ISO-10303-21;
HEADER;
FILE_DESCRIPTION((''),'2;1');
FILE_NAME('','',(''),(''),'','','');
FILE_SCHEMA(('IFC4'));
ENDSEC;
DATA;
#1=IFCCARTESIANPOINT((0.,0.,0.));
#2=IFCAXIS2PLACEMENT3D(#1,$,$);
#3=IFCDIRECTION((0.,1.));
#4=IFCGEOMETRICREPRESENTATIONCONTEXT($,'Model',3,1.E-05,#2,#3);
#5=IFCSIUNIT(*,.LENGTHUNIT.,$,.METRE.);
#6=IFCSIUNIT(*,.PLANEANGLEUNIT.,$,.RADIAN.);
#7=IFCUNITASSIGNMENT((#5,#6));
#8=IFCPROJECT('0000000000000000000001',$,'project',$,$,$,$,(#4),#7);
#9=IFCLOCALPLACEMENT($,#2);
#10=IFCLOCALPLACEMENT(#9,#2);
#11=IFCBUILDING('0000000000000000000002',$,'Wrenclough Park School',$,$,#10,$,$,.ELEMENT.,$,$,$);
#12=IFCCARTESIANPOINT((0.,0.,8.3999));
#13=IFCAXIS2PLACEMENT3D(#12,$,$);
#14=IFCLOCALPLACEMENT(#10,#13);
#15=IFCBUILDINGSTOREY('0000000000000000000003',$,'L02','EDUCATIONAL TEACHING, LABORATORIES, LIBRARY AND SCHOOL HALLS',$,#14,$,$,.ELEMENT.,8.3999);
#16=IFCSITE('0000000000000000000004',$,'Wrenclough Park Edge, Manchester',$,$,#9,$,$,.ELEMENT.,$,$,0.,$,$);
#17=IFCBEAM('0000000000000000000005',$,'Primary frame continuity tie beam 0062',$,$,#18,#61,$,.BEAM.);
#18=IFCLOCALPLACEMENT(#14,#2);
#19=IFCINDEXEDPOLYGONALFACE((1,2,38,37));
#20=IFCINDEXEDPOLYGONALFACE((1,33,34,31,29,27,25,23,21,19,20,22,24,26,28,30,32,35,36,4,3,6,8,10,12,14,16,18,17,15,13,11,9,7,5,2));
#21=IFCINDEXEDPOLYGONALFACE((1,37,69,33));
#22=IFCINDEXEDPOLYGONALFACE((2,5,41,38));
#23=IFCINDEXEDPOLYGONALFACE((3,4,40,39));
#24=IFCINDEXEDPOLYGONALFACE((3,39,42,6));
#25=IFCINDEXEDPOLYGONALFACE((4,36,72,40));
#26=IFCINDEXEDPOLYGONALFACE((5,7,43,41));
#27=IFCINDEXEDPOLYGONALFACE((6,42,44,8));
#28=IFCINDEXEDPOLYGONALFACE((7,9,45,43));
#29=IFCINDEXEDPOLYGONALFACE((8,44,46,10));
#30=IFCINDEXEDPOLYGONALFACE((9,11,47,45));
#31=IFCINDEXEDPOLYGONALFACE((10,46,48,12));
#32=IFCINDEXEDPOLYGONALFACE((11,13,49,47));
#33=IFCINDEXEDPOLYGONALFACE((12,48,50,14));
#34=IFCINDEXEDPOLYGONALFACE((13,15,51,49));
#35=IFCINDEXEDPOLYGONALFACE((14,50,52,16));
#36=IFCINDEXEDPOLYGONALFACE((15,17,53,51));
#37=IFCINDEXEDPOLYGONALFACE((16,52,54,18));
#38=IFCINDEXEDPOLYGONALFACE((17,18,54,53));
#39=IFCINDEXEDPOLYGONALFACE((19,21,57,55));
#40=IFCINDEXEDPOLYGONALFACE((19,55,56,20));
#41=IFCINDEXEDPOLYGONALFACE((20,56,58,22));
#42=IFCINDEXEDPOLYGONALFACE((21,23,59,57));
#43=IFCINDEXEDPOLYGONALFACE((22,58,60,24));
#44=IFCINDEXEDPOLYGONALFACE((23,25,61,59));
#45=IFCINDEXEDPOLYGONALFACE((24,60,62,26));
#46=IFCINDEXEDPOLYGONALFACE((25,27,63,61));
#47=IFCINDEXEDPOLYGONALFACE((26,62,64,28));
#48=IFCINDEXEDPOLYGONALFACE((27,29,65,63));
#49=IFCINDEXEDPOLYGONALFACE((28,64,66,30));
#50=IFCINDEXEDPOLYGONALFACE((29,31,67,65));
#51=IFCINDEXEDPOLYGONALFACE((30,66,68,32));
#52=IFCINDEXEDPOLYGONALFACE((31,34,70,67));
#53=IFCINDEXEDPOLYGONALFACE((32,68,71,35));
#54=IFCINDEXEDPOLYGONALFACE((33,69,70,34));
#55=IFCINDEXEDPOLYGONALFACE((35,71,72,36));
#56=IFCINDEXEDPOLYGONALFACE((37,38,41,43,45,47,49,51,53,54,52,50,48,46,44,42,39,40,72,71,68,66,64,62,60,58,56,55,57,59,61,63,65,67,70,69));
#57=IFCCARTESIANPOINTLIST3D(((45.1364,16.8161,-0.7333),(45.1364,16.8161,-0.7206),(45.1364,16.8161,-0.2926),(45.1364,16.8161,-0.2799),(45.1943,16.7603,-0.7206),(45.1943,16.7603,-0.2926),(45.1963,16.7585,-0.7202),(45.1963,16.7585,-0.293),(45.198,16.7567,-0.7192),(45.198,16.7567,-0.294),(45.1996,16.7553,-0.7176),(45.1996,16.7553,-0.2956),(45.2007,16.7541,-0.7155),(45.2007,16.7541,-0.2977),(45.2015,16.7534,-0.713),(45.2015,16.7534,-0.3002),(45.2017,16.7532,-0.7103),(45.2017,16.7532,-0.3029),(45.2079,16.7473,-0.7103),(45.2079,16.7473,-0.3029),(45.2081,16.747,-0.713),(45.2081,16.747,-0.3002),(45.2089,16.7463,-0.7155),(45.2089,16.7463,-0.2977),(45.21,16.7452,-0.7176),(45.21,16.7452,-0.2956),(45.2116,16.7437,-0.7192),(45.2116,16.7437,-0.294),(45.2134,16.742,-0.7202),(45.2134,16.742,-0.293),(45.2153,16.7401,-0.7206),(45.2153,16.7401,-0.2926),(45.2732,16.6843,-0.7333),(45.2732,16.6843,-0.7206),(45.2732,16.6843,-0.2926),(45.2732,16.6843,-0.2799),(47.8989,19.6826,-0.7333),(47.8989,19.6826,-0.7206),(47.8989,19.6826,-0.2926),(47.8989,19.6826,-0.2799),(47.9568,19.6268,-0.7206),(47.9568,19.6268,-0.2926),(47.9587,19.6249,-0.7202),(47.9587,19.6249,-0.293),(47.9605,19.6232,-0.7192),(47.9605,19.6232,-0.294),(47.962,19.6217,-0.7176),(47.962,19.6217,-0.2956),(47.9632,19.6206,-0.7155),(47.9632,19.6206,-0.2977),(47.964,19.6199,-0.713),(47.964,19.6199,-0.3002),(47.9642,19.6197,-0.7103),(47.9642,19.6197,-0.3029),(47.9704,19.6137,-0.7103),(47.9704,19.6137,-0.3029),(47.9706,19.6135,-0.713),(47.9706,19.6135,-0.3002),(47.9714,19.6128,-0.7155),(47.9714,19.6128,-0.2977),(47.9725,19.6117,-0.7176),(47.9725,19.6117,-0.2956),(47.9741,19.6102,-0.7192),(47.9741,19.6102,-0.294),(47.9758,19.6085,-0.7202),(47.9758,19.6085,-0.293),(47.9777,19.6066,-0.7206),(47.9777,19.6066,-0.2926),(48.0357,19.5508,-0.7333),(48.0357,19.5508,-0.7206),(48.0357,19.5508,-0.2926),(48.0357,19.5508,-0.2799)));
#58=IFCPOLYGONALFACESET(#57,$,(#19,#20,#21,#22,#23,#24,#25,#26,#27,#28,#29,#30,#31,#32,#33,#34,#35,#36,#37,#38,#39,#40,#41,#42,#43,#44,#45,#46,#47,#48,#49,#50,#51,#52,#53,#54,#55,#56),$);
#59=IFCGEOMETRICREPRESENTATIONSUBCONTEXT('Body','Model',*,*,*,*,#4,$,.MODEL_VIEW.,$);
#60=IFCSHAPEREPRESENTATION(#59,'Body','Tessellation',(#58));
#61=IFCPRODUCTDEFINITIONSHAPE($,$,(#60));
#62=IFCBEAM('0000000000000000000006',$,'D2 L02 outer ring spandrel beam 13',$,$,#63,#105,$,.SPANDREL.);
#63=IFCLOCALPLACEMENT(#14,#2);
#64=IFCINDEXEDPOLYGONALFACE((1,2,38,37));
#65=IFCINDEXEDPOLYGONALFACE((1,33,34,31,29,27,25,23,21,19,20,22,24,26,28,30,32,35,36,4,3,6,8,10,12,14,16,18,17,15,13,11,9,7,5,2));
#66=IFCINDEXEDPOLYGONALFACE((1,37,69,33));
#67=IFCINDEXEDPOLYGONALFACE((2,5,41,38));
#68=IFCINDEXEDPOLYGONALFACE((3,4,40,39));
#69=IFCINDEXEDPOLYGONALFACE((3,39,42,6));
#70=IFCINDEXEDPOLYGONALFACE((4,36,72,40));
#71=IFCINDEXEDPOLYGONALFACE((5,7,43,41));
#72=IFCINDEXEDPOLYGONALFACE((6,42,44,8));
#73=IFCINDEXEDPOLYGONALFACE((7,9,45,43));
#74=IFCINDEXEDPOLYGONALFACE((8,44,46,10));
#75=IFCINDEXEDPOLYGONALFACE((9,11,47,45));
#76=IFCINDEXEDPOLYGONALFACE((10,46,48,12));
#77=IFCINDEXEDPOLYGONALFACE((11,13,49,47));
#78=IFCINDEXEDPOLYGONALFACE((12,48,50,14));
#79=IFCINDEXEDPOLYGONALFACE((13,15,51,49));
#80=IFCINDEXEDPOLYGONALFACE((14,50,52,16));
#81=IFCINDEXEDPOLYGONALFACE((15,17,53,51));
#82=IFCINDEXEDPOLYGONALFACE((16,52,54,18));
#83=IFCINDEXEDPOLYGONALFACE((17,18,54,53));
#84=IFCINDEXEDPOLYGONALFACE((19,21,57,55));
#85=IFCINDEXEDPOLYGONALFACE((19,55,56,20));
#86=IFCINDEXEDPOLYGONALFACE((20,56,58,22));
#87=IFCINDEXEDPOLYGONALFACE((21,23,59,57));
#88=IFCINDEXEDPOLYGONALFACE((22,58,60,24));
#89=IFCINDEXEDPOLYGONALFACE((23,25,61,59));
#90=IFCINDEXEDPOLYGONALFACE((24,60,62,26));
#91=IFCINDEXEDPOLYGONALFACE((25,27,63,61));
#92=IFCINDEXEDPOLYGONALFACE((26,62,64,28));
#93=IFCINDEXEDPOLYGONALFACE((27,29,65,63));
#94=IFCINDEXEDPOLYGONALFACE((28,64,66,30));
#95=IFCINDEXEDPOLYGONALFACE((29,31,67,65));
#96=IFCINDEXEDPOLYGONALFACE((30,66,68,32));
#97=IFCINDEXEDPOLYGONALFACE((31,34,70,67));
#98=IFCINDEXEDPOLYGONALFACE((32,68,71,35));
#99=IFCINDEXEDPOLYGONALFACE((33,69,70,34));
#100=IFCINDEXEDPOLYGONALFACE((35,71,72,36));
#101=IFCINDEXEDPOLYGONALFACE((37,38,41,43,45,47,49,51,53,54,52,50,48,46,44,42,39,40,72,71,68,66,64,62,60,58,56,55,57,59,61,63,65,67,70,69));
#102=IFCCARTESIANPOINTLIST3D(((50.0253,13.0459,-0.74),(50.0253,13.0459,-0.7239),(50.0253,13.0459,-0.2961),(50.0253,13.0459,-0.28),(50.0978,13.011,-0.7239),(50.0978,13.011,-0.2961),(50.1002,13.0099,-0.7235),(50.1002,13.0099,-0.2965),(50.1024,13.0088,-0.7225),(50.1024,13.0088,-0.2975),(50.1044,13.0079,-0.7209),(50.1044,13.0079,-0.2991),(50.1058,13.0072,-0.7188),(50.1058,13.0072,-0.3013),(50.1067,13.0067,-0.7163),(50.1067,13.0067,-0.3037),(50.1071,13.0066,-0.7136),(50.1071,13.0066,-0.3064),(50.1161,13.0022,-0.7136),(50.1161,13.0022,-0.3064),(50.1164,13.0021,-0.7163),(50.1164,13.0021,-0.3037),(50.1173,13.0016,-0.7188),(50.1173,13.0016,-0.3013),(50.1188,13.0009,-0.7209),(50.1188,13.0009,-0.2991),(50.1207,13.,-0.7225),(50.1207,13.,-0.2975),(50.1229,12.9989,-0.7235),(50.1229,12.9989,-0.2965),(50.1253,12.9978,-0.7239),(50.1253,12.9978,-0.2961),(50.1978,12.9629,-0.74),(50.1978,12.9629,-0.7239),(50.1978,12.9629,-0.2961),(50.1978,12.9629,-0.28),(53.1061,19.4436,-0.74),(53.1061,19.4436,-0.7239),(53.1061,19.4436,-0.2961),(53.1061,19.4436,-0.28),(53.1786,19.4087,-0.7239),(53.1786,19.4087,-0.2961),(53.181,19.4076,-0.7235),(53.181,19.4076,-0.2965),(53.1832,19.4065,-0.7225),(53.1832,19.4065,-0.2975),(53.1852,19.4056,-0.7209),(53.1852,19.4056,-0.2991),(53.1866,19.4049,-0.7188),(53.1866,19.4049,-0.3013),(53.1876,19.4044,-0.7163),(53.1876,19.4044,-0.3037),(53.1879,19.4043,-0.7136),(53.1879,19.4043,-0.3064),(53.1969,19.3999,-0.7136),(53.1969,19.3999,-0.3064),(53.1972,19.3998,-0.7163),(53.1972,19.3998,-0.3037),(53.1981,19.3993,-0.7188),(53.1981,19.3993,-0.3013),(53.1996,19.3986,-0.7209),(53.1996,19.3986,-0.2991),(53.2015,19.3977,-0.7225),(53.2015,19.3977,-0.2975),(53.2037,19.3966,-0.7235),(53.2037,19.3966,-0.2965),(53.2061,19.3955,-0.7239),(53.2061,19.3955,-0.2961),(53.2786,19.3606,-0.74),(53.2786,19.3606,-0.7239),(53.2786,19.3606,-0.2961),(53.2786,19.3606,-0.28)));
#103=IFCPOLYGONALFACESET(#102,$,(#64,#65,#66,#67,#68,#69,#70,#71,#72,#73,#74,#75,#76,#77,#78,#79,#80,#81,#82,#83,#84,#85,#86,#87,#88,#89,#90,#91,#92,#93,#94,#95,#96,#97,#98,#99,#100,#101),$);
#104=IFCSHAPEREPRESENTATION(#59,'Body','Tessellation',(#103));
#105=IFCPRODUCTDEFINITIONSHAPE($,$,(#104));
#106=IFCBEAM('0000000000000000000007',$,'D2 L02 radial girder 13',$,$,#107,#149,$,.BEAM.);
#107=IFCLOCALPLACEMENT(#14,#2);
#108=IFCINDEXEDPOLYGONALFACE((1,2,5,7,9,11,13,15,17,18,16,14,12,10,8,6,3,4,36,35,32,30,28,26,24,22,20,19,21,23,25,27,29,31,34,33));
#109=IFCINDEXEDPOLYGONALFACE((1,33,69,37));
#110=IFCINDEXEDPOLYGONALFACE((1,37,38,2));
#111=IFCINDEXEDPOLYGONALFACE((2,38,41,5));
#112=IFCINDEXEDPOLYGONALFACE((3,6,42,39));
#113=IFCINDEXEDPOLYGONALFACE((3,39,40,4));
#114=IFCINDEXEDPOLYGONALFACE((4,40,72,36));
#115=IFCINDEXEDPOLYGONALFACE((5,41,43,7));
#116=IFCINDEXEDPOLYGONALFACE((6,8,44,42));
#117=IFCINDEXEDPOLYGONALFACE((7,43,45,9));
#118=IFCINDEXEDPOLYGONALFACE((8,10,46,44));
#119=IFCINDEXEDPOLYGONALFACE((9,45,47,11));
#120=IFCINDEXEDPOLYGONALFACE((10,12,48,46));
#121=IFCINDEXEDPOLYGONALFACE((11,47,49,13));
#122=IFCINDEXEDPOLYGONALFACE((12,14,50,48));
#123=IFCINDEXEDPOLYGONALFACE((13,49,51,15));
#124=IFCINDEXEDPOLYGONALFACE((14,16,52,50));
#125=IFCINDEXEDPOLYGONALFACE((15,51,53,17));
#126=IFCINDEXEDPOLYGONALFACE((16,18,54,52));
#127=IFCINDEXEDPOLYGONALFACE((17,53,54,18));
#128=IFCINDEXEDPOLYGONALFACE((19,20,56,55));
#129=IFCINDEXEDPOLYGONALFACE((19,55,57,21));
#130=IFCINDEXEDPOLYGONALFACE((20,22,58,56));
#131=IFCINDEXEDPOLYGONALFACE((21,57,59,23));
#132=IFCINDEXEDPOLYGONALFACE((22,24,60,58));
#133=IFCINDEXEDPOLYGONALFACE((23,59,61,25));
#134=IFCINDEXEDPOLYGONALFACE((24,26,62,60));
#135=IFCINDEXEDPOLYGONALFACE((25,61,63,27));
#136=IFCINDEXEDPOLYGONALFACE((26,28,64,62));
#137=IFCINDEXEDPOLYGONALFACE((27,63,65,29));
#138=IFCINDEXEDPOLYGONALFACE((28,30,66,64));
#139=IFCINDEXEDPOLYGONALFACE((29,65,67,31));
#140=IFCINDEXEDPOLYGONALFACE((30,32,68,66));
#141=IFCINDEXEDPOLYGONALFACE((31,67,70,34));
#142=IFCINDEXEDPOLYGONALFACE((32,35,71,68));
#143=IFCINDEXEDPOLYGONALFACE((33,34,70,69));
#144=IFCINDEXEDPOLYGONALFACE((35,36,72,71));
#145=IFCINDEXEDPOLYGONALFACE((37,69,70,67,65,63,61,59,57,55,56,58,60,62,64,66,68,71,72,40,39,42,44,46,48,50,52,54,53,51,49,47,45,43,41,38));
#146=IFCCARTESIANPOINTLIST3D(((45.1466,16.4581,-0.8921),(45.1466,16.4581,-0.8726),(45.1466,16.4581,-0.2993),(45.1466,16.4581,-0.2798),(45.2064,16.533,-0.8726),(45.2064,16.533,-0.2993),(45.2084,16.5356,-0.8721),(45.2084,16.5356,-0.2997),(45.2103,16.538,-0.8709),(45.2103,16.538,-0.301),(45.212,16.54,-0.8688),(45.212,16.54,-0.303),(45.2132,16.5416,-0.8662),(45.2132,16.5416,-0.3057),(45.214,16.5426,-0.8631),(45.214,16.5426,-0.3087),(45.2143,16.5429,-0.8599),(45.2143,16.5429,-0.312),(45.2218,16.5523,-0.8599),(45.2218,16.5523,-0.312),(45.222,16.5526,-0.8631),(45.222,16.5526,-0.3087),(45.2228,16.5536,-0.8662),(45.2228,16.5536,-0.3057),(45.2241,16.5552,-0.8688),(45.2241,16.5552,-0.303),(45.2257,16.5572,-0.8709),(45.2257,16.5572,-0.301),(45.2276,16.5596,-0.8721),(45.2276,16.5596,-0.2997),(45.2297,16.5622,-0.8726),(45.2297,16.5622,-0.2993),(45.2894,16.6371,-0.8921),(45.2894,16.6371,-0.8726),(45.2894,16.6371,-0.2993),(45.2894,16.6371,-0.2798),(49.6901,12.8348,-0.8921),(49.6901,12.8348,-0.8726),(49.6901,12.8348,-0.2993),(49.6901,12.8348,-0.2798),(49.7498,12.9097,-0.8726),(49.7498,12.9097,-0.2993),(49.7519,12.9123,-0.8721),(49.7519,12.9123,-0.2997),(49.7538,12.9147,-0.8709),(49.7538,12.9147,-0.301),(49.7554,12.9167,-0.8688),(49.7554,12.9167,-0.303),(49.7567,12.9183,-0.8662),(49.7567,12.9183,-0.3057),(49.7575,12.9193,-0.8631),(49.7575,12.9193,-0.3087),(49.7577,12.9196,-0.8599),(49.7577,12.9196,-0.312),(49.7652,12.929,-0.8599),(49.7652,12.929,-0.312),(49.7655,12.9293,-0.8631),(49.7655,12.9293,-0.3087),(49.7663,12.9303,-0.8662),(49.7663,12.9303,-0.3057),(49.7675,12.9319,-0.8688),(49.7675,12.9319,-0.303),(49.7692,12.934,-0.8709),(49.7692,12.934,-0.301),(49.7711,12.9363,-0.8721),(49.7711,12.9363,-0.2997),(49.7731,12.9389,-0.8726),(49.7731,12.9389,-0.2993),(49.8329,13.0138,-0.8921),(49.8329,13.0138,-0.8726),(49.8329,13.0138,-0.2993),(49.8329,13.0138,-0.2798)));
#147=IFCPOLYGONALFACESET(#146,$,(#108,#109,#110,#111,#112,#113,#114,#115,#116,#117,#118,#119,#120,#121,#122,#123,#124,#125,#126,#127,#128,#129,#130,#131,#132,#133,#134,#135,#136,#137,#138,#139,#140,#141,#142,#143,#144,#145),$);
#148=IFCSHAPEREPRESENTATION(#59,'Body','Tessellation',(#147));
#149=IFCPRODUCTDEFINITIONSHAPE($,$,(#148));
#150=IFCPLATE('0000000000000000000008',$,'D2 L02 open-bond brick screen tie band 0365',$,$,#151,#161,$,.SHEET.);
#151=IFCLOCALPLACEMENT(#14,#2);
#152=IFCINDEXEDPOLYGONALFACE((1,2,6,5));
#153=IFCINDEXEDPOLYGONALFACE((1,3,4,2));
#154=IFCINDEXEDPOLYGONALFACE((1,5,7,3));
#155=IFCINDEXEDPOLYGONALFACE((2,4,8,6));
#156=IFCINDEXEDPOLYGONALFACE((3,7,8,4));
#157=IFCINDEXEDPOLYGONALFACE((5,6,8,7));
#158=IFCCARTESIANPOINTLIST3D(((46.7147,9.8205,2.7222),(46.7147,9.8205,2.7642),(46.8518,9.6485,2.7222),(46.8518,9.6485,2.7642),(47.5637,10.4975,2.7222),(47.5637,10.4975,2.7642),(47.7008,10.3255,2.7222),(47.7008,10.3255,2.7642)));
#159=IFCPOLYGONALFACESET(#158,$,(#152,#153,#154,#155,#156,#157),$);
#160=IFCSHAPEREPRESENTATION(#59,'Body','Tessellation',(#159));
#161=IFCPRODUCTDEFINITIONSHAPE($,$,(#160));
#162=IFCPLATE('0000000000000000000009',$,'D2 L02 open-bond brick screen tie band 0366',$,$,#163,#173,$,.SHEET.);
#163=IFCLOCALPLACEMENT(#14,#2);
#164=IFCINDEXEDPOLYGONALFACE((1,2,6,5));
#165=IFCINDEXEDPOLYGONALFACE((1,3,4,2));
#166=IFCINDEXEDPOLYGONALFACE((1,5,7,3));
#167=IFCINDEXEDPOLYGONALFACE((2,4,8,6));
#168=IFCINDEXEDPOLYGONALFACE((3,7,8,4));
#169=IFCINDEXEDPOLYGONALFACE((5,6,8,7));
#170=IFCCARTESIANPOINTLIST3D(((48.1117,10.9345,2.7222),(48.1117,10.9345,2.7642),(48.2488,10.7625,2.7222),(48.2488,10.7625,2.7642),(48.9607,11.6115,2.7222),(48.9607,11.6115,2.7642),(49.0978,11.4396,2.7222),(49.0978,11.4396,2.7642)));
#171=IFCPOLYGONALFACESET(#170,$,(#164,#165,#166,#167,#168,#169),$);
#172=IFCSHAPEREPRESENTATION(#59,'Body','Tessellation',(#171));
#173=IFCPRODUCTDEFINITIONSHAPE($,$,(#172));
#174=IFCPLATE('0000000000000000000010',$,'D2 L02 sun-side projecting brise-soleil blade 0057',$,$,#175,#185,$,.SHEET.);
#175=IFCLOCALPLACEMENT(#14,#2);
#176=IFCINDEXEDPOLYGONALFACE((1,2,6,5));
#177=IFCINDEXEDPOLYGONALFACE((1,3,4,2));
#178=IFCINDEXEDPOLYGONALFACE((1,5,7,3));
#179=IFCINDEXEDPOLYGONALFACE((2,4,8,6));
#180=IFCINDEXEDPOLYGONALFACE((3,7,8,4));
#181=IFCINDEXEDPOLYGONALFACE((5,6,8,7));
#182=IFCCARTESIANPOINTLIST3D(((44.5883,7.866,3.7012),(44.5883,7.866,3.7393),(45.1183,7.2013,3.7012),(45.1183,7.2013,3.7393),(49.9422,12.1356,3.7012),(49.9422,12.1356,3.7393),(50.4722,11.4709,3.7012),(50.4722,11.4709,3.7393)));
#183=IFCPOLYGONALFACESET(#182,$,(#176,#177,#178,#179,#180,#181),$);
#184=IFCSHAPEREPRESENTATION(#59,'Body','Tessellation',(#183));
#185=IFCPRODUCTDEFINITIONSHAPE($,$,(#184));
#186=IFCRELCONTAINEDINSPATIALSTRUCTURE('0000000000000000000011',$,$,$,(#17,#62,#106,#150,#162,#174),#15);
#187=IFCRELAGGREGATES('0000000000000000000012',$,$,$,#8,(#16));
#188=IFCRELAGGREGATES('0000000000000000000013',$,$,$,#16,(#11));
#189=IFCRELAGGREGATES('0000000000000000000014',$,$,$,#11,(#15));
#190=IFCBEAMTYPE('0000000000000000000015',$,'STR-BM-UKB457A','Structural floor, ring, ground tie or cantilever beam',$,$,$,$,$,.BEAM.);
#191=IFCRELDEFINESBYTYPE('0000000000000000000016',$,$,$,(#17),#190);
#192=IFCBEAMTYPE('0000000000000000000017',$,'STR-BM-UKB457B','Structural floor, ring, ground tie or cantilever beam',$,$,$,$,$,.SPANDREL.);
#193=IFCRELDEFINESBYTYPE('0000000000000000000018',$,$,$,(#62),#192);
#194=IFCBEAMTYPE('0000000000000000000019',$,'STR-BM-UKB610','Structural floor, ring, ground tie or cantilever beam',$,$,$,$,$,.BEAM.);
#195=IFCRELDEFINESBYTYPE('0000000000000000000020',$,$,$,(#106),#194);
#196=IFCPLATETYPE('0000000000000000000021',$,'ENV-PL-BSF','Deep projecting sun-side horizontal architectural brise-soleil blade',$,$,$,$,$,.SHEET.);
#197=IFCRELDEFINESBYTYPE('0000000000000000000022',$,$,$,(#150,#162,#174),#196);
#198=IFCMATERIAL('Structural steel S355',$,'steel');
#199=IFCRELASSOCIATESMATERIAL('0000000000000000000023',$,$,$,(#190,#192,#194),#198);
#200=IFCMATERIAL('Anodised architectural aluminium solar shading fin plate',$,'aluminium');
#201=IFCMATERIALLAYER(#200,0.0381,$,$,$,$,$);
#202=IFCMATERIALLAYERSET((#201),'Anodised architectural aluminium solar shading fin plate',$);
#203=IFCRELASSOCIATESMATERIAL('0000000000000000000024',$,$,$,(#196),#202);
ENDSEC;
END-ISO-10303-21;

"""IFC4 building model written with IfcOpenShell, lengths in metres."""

from ifc_helpers import new_model, si_unit, direction, frame, origin, origin_2d, place, context, subcontext, project, spatial, rectangle, i_section, extrude, material, layer, layer_set, material_profile, profile_set, type_object, element, save


model = new_model("IFC4")

# Units and contexts
model_context = context("Model", 3, precision=1e-05, world=origin(), true_north=direction((0.0, 1.0)))
body_context = subcontext(model_context, "Body", "Model", "MODEL_VIEW")
ifc_project = project(units=[si_unit("LENGTHUNIT", "METRE"), si_unit("PLANEANGLEUNIT", "RADIAN")], contexts=[model_context])

# Site, building, storey
site_placement = place(None, origin())
site = spatial("IfcSite", under=ifc_project, at=site_placement, Name="Wrenclough Park Edge, Manchester", CompositionType="ELEMENT", RefElevation=0.0)
building_placement = place(site_placement, origin())
building = spatial("IfcBuilding", under=site, at=building_placement, Name="Wrenclough Park School", CompositionType="ELEMENT")
storey_placement = place(building_placement, frame((0.0, 0.0, 8.3999)))
storey = spatial("IfcBuildingStorey", under=building, at=storey_placement, Name="L02", Description="EDUCATIONAL TEACHING, LABORATORIES, LIBRARY AND SCHOOL HALLS", CompositionType="ELEMENT", Elevation=8.3999)

# Beams
ifc_material_1 = material(Name="Structural steel S355", Category="steel")
ifc_material_profile_1 = material_profile(ifc_material_1, i_section(OverallWidth=0.1899, OverallDepth=0.4534, WebThickness=0.0085, FlangeThickness=0.0127, FilletRadius=0.0103, at=origin_2d()), Name="UKB 457x191x67")
ifc_profile_set_1 = profile_set([ifc_material_profile_1], Name="Structural steel S355")
beam_type_1 = type_object("IfcBeamType", Name="STR-BM-UKB457A", Description="Structural floor, ring, ground tie or cantilever beam", PredefinedType="BEAM", material=ifc_profile_set_1)
beam_1_placement = place(storey_placement, frame((47.9673, 19.6167, -0.5066), z_axis=(-0.693923, -0.720049, 0.0), x_axis=(0.720049, -0.693923, 0.0)))
element("IfcBeam", 1, at=beam_1_placement, inside=storey, type_object=beam_type_1, Name="Primary frame continuity tie beam 0062", PredefinedType="BEAM", context=body_context, shape_type="SweptSolid", body=[
    extrude(i_section(OverallWidth=0.1899, OverallDepth=0.4534, WebThickness=0.0085, FlangeThickness=0.0127, FilletRadius=0.0103, at=origin_2d()), origin(), (0.0, 0.0, 1.0), 3.981),
])
ifc_material_profile_2 = material_profile(ifc_material_1, i_section(OverallWidth=0.1914, OverallDepth=0.46, WebThickness=0.01, FlangeThickness=0.0161, FilletRadius=0.0103, at=origin_2d()), Name="UKB 457x191x82")
ifc_profile_set_2 = profile_set([ifc_material_profile_2], Name="Structural steel S355")
beam_type_2 = type_object("IfcBeamType", Name="STR-BM-UKB457B", Description="Structural floor, ring, ground tie or cantilever beam", PredefinedType="SPANDREL", material=ifc_profile_set_2)
beam_2_placement = place(storey_placement, frame((50.1116, 13.0044, -0.51), z_axis=(0.433865, 0.900978, 0.0), x_axis=(-0.900978, 0.433865, 0.0)))
element("IfcBeam", 2, at=beam_2_placement, inside=storey, type_object=beam_type_2, Name="D2 L02 outer ring spandrel beam 13", PredefinedType="SPANDREL", context=body_context, shape_type="SweptSolid", body=[
    extrude(i_section(OverallWidth=0.1914, OverallDepth=0.46, WebThickness=0.01, FlangeThickness=0.0161, FilletRadius=0.0103, at=origin_2d()), origin(), (0.0, 0.0, 1.0), 7.1008),
])
ifc_material_profile_3 = material_profile(ifc_material_1, i_section(OverallWidth=0.229, OverallDepth=0.6123, WebThickness=0.012, FlangeThickness=0.0195, FilletRadius=0.0127, at=origin_2d()), Name="UKB 610x229x125")
ifc_profile_set_3 = profile_set([ifc_material_profile_3], Name="Structural steel S355")
beam_type_3 = type_object("IfcBeamType", Name="STR-BM-UKB610", Description="Structural floor, ring, ground tie or cantilever beam", PredefinedType="BEAM", material=ifc_profile_set_3)
beam_3_placement = place(storey_placement, frame((49.7615, 12.9243, -0.5859), z_axis=(-0.781831, 0.62349, 0.0), x_axis=(-0.62349, -0.781831, 0.0)))
element("IfcBeam", 3, at=beam_3_placement, inside=storey, type_object=beam_type_3, Name="D2 L02 radial girder 13", PredefinedType="BEAM", context=body_context, shape_type="SweptSolid", body=[
    extrude(i_section(OverallWidth=0.229, OverallDepth=0.6123, WebThickness=0.012, FlangeThickness=0.0195, FilletRadius=0.0127, at=origin_2d()), origin(), (0.0, 0.0, 1.0), 5.8113),
])

# Plates
ifc_material_2 = material(Name="Anodised architectural aluminium solar shading fin plate", Category="aluminium")
ifc_layer_1 = layer(ifc_material_2, 0.0381)
ifc_layer_set_1 = layer_set([ifc_layer_1], Name="Anodised architectural aluminium solar shading fin plate")
plate_type = type_object("IfcPlateType", Name="ENV-PL-BSF", Description="Deep projecting sun-side horizontal architectural brise-soleil blade", PredefinedType="SHEET", material=ifc_layer_set_1)
for number, where, z_axis, x_axis, name in (
    (4, (47.2078, 10.073, 2.7222), (0.0, 0.0, 1.0), (0.78183, 0.623492, 0.0), "D2 L02 open-bond brick screen tie band 0365"),
    (5, (48.6047, 11.187, 2.7222), (0.0, 0.0, 1.0), (0.78183, 0.623492, 0.0), "D2 L02 open-bond brick screen tie band 0366"),
):
    element("IfcPlate", number, at=place(storey_placement, frame(where, z_axis=z_axis, x_axis=x_axis)), inside=storey, type_object=plate_type, Name=name, PredefinedType="SHEET", context=body_context, shape_type="SweptSolid", body=[
        extrude(rectangle(XDim=1.0859, YDim=0.22, at=origin_2d()), origin(), (0.0, 0.0, 1.0), 0.042),
    ])
plate_1_placement = place(storey_placement, frame((47.5303, 9.6685, 3.7012), z_axis=(0.0, 0.0, 1.0), x_axis=(0.78183, 0.623492, 0.0)))
element("IfcPlate", 6, at=plate_1_placement, inside=storey, type_object=plate_type, Name="D2 L02 sun-side projecting brise-soleil blade 0057", PredefinedType="SHEET", context=body_context, shape_type="SweptSolid", body=[
    extrude(rectangle(XDim=6.8479, YDim=0.8501, at=origin_2d()), origin(), (0.0, 0.0, 1.0), 0.0381),
])

save(model, "model.ifc")
